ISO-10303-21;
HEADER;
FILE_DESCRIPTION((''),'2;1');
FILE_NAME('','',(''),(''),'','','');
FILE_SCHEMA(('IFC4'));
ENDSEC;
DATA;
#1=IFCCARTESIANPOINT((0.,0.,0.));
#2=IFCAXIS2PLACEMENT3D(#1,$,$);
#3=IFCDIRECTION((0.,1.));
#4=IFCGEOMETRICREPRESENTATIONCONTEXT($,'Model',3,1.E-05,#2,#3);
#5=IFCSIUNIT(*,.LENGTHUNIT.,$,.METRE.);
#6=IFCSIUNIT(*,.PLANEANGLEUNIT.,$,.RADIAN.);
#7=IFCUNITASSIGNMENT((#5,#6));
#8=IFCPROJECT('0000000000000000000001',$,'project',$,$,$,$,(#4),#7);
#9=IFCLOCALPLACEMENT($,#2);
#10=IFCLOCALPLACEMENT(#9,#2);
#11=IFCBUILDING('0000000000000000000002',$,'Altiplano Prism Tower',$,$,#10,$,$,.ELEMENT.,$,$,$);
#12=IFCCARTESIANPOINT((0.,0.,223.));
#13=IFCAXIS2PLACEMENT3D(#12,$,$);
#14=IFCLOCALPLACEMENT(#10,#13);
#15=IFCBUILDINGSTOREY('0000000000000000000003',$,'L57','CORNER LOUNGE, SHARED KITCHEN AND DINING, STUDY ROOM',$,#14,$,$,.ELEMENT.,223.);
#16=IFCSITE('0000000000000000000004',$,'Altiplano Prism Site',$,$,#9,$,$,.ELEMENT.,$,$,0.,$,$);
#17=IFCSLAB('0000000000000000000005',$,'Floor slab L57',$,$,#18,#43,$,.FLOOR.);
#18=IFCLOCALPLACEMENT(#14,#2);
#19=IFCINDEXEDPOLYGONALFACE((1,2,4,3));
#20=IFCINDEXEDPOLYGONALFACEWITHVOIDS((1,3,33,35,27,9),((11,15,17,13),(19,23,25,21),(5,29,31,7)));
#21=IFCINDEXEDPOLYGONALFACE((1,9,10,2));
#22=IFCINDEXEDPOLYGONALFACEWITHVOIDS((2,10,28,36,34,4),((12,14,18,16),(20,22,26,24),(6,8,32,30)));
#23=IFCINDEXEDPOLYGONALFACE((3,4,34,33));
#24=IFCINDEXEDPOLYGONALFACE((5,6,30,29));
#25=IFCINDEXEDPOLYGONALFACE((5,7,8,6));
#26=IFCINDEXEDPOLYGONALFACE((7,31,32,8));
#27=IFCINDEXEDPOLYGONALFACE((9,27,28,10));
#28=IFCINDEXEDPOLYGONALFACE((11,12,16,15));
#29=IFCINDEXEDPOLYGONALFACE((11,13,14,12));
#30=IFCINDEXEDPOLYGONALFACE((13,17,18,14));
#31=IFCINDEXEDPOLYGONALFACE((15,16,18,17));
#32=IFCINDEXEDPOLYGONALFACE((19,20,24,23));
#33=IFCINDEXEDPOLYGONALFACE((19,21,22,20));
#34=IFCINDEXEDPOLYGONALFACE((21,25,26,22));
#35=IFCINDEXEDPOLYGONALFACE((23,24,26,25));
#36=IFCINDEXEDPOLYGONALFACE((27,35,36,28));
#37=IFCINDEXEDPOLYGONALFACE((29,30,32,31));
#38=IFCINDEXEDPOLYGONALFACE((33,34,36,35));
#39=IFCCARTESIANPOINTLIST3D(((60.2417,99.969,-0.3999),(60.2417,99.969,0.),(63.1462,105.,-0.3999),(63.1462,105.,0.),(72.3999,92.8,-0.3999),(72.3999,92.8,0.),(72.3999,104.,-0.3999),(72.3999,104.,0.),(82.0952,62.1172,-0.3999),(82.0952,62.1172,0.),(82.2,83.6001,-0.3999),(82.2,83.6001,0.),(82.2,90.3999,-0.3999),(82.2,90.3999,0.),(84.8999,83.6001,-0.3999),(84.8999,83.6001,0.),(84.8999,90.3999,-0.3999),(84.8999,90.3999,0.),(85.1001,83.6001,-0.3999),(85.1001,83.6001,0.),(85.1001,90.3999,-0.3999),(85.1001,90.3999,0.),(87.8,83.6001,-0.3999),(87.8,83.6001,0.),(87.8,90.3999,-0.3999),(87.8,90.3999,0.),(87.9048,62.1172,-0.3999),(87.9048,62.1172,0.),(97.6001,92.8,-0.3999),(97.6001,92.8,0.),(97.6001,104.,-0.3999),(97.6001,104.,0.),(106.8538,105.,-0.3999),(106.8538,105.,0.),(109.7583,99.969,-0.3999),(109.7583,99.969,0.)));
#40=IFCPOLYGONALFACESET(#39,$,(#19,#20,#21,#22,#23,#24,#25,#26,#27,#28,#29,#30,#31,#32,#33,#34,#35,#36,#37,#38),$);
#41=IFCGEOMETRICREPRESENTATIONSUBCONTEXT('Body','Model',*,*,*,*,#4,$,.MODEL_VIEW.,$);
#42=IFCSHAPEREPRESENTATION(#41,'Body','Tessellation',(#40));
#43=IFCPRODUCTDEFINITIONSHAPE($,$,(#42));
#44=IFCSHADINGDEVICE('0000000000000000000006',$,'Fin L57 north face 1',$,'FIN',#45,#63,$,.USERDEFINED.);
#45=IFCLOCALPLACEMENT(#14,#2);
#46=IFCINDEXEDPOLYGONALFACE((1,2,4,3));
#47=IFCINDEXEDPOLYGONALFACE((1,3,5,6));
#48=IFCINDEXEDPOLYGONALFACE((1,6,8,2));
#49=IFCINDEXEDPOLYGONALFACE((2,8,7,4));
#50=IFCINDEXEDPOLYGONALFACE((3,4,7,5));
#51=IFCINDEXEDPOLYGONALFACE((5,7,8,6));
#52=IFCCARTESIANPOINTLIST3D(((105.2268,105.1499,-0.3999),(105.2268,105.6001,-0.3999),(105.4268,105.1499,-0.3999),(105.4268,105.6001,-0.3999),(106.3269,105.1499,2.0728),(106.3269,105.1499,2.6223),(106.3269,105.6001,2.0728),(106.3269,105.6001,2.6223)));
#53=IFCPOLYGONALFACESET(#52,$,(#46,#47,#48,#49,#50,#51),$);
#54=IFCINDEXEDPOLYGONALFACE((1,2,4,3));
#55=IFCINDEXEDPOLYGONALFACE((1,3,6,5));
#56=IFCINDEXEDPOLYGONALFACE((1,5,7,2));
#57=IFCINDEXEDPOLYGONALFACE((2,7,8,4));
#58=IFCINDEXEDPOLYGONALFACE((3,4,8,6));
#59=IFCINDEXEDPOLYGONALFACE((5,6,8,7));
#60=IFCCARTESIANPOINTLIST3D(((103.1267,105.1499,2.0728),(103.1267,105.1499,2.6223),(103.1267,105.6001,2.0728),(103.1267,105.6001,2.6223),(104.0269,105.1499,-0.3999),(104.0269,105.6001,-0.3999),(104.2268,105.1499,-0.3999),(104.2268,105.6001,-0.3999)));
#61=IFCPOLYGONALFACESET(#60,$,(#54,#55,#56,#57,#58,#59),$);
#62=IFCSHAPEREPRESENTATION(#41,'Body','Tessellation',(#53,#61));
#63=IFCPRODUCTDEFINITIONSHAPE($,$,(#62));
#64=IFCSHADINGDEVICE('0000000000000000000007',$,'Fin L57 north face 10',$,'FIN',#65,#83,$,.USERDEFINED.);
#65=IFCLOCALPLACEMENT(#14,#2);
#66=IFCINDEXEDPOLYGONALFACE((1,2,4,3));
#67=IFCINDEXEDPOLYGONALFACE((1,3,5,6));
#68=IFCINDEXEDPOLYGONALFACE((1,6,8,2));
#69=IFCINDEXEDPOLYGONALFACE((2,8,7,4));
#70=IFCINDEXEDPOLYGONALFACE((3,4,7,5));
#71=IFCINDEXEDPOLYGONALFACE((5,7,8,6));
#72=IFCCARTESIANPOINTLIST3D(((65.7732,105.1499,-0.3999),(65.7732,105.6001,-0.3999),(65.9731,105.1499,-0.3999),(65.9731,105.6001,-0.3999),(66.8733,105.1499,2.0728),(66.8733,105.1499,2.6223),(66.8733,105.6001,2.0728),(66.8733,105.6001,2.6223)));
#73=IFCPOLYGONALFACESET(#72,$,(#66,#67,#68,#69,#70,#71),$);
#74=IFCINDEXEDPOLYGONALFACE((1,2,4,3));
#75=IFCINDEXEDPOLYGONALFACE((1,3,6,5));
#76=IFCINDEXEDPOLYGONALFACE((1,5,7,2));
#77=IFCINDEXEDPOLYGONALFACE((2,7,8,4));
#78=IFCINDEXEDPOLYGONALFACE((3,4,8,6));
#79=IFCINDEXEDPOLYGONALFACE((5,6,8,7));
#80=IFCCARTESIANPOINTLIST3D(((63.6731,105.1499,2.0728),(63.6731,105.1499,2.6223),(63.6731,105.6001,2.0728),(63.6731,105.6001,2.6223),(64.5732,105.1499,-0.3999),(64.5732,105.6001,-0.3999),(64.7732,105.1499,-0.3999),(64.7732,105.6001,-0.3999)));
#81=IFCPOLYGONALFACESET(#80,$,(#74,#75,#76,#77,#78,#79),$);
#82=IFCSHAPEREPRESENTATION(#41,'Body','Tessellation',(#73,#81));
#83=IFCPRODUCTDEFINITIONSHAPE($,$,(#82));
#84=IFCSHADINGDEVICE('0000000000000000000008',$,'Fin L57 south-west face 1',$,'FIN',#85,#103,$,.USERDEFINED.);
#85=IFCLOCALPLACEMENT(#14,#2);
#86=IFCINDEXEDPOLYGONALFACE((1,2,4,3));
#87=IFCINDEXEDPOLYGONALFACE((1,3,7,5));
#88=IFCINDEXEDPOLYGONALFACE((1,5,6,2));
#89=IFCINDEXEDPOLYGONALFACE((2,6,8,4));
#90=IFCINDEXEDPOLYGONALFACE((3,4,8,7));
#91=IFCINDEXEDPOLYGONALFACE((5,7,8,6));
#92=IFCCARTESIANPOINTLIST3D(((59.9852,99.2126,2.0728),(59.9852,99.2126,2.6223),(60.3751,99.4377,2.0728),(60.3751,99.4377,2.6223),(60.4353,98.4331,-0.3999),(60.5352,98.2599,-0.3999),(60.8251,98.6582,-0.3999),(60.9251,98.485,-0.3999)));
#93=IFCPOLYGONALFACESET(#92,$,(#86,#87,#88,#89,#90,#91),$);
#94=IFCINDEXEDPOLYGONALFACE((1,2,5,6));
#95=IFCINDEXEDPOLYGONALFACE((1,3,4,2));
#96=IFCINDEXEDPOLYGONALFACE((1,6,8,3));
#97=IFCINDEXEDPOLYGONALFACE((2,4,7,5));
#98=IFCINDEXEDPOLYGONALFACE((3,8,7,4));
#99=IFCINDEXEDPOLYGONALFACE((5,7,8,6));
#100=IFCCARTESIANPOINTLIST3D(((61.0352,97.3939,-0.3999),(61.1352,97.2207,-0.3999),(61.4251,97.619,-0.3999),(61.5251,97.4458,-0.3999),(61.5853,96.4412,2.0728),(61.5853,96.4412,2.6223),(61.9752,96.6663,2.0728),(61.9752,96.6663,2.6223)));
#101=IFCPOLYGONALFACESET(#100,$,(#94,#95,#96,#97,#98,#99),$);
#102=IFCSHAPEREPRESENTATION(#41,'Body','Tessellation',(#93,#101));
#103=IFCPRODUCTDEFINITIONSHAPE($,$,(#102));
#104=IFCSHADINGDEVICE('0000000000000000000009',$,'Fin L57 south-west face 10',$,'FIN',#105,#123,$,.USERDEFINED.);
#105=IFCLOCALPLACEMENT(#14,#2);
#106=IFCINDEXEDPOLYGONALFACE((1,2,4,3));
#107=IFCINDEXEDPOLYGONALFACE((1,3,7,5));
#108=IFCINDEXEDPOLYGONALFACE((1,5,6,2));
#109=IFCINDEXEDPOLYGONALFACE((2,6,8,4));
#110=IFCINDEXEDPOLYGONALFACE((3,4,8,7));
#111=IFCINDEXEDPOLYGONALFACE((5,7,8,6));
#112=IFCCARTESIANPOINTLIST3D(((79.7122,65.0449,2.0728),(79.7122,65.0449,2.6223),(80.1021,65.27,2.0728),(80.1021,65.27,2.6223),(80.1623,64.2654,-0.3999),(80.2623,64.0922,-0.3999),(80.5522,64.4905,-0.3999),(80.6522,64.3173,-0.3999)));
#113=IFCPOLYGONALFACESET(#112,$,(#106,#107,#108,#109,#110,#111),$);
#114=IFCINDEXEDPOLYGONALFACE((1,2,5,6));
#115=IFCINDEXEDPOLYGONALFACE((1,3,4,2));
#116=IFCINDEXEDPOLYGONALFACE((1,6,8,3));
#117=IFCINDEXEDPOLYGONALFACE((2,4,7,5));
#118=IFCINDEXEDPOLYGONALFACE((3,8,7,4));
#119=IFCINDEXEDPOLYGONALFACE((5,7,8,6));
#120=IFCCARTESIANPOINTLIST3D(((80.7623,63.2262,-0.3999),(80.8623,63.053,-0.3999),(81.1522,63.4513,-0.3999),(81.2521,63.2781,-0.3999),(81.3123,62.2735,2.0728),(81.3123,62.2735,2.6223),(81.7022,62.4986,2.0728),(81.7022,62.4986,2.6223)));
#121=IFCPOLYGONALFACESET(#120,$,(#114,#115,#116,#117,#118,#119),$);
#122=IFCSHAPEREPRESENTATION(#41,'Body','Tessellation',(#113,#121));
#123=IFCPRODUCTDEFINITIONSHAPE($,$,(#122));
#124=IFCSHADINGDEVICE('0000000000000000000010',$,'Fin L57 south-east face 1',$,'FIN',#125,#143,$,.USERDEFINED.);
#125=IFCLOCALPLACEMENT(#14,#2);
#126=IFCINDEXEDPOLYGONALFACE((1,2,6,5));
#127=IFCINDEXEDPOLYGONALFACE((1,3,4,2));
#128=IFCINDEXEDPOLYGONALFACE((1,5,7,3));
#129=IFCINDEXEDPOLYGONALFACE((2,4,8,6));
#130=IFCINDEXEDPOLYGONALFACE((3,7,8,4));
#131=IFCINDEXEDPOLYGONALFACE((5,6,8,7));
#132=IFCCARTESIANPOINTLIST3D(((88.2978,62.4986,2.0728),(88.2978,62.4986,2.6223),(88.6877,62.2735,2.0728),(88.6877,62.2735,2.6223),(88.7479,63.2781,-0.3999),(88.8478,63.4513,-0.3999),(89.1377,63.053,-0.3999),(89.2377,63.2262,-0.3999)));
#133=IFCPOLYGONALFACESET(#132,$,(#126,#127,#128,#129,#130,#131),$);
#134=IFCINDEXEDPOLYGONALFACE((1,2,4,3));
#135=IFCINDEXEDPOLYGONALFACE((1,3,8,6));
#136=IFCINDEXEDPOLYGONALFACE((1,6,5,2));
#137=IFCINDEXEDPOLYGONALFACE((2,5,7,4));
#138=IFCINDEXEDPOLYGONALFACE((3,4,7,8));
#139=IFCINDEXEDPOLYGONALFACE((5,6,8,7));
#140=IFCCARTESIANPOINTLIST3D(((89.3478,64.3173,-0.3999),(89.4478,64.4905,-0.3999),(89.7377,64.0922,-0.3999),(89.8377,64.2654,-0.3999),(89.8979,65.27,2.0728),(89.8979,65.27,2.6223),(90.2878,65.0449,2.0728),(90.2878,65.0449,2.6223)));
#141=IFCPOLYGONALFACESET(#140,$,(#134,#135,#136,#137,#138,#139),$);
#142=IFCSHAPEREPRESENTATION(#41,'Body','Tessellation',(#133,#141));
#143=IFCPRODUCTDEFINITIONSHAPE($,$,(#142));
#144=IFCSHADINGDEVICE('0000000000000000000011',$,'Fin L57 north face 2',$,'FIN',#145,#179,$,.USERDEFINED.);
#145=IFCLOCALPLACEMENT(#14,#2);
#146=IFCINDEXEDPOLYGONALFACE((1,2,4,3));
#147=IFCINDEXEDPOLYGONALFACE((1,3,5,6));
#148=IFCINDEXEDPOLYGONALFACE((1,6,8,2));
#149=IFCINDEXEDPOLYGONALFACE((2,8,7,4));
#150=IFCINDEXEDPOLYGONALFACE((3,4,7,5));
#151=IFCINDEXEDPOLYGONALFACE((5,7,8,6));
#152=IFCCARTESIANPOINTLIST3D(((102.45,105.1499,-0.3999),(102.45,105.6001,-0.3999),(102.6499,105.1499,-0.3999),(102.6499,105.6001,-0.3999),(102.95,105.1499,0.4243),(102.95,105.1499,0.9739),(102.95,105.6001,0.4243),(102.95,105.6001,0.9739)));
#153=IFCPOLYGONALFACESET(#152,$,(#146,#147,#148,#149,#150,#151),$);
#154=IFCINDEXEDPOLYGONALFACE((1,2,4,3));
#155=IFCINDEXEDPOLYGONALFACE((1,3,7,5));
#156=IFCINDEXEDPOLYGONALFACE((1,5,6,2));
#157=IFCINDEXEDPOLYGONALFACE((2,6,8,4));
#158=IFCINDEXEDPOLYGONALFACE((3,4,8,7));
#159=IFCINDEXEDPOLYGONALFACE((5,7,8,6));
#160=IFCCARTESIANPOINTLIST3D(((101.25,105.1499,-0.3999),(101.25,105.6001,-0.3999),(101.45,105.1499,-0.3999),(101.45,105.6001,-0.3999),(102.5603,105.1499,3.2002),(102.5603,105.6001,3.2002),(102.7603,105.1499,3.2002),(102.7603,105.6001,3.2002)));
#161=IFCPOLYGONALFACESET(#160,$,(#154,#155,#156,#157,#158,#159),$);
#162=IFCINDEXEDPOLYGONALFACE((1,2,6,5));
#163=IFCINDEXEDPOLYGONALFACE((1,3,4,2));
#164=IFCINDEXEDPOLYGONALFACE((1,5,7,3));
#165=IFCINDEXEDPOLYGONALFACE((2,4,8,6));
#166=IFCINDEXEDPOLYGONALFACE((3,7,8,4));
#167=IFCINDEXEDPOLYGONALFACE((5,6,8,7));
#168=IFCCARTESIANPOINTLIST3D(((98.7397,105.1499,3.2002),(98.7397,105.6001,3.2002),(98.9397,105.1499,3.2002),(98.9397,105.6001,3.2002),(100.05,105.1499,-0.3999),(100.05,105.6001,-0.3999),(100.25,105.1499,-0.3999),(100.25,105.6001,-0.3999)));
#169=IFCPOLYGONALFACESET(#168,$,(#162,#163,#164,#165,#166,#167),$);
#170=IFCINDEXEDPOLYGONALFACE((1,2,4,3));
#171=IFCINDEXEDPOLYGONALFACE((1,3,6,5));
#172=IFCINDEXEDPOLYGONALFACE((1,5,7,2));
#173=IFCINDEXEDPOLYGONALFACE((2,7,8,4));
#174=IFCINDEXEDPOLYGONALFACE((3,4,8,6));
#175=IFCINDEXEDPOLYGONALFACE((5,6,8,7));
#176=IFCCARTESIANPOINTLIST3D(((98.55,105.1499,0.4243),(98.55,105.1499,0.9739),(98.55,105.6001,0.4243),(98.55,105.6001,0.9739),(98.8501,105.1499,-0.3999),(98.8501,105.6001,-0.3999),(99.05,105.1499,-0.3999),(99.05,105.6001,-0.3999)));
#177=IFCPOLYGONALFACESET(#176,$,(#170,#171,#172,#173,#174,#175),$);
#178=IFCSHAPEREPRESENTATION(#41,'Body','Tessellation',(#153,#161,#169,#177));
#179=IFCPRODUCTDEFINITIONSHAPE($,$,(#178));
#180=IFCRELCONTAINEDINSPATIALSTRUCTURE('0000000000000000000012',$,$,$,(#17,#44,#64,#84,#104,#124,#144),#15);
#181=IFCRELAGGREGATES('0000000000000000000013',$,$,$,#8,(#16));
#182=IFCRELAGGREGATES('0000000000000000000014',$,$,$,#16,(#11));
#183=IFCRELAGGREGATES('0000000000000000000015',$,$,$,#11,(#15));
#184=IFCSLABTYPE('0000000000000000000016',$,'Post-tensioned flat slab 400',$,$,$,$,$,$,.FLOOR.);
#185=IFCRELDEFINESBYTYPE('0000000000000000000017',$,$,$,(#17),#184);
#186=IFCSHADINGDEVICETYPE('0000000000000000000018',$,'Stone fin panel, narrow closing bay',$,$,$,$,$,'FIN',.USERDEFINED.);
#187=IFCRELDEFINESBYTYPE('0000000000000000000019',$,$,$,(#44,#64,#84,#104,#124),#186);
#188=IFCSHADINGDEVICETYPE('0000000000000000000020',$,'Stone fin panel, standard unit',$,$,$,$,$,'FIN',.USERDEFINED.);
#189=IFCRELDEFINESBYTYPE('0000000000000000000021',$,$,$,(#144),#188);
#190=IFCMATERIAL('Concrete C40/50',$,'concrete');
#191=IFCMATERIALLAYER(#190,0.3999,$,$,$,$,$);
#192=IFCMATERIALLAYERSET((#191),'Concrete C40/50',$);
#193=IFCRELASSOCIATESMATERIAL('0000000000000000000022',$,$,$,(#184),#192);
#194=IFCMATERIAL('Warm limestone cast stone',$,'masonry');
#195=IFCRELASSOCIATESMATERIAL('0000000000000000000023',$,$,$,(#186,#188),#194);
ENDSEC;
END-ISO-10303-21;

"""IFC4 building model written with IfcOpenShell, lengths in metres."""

from ifc_helpers import new_model, si_unit, direction, frame, origin, place, context, subcontext, project, spatial, polyline, outline, extrude, source, transform, mapped, material, layer, layer_set, type_object, element, save


model = new_model("IFC4")

# Units and contexts
model_context = context("Model", 3, precision=1e-05, world=origin(), true_north=direction((0.0, 1.0)))
body_context = subcontext(model_context, "Body", "Model", "MODEL_VIEW")
ifc_project = project(units=[si_unit("LENGTHUNIT", "METRE"), si_unit("PLANEANGLEUNIT", "RADIAN")], contexts=[model_context])

# Site, building, storey
site_placement = place(None, origin())
site = spatial("IfcSite", under=ifc_project, at=site_placement, Name="Altiplano Prism Site", CompositionType="ELEMENT", RefElevation=0.0)
building_placement = place(site_placement, origin())
building = spatial("IfcBuilding", under=site, at=building_placement, Name="Altiplano Prism Tower", CompositionType="ELEMENT")
storey_placement = place(building_placement, frame((0.0, 0.0, 223.0)))
storey = spatial("IfcBuildingStorey", under=building, at=storey_placement, Name="L57", Description="CORNER LOUNGE, SHARED KITCHEN AND DINING, STUDY ROOM", CompositionType="ELEMENT", Elevation=223.0)

# Slab
ifc_material_1 = material(Name="Concrete C40/50", Category="concrete")
ifc_layer = layer(ifc_material_1, 0.3999)
ifc_layer_set = layer_set([ifc_layer], Name="Concrete C40/50")
slab_type = type_object("IfcSlabType", Name="Post-tensioned flat slab 400", PredefinedType="FLOOR", material=ifc_layer_set)
slab_placement = place(storey_placement, frame((0.0, 0.0, -0.3999)))
element("IfcSlab", 1, at=slab_placement, inside=storey, type_object=slab_type, Name="Floor slab L57", PredefinedType="FLOOR", context=body_context, shape_type="SweptSolid", body=[
    extrude(outline(polyline([(82.0952, 62.1172), (60.2417, 99.969), (63.1462, 105.0), (106.8538, 105.0), (109.7583, 99.969), (87.9048, 62.1172), (82.0952, 62.1172)]), holes=[polyline([(72.3999, 104.0), (72.3999, 92.8), (97.6001, 92.8), (97.6001, 104.0), (72.3999, 104.0)]), polyline([(84.8999, 90.3999), (82.2, 90.3999), (82.2, 83.6001), (84.8999, 83.6001), (84.8999, 90.3999)]), polyline([(87.8, 83.6001), (87.8, 90.3999), (85.1001, 90.3999), (85.1001, 83.6001), (87.8, 83.6001)])]), origin(), (0.0, 0.0, 1.0), 0.3999),
])

# Shading devices
ifc_material_2 = material(Name="Warm limestone cast stone", Category="masonry")
shading_device_type_1 = type_object("IfcShadingDeviceType", Name="Stone fin panel, narrow closing bay", ElementType="FIN", PredefinedType="USERDEFINED", material=ifc_material_2)
shared_shape_1 = source(origin(), body_context, "Body", "SweptSolid", [
    extrude(outline(polyline([(-1.6001, 3.0222), (-1.6001, 2.4727), (-0.7, 0.0), (-0.5, 0.0), (-1.6001, 3.0222)])), frame((0.0, -0.1499, 0.0), z_axis=(0.0, -1.0, 0.0), x_axis=(1.0, 0.0, 0.0)), (0.0, 0.0, 1.0), 0.4502),
    extrude(outline(polyline([(1.6001, 2.4727), (1.6001, 3.0222), (0.5, 0.0), (0.7, 0.0), (1.6001, 2.4727)])), frame((0.0, -0.1499, 0.0), z_axis=(0.0, -1.0, 0.0), x_axis=(1.0, 0.0, 0.0)), (0.0, 0.0, 1.0), 0.4502),
])
shading_device_1_placement = place(storey_placement, origin())
element("IfcShadingDevice", 2, at=shading_device_1_placement, inside=storey, type_object=shading_device_type_1, Name="Fin L57 north face 1", ObjectType="FIN", PredefinedType="USERDEFINED", context=body_context, shape_type="MappedRepresentation", body=[
    mapped(shared_shape_1, transform((104.7268, 105.0, -0.3999), x_axis=(-1.0, 0.0, 0.0), y_axis=(0.0, -1.0, 0.0), z_axis=(0.0, 0.0, 1.0))),
])
shading_device_2_placement = place(storey_placement, origin())
element("IfcShadingDevice", 3, at=shading_device_2_placement, inside=storey, type_object=shading_device_type_1, Name="Fin L57 north face 10", ObjectType="FIN", PredefinedType="USERDEFINED", context=body_context, shape_type="MappedRepresentation", body=[
    mapped(shared_shape_1, transform((65.2732, 105.0, -0.3999), x_axis=(-1.0, 0.0, 0.0), y_axis=(0.0, -1.0, 0.0), z_axis=(0.0, 0.0, 1.0))),
])
shading_device_3_placement = place(storey_placement, origin())
element("IfcShadingDevice", 4, at=shading_device_3_placement, inside=storey, type_object=shading_device_type_1, Name="Fin L57 south-west face 1", ObjectType="FIN", PredefinedType="USERDEFINED", context=body_context, shape_type="MappedRepresentation", body=[
    mapped(shared_shape_1, transform((61.3049, 98.127, -0.3999), x_axis=(0.5, -0.866025, 0.0), y_axis=(0.866025, 0.5, 0.0), z_axis=(0.0, 0.0, 1.0))),
])
shading_device_4_placement = place(storey_placement, origin())
element("IfcShadingDevice", 5, at=shading_device_4_placement, inside=storey, type_object=shading_device_type_1, Name="Fin L57 south-west face 10", ObjectType="FIN", PredefinedType="USERDEFINED", context=body_context, shape_type="MappedRepresentation", body=[
    mapped(shared_shape_1, transform((81.032, 63.9592, -0.3999), x_axis=(0.5, -0.866025, 0.0), y_axis=(0.866025, 0.5, 0.0), z_axis=(0.0, 0.0, 1.0))),
])
shading_device_5_placement = place(storey_placement, origin())
element("IfcShadingDevice", 6, at=shading_device_5_placement, inside=storey, type_object=shading_device_type_1, Name="Fin L57 south-east face 1", ObjectType="FIN", PredefinedType="USERDEFINED", context=body_context, shape_type="MappedRepresentation", body=[
    mapped(shared_shape_1, transform((88.968, 63.9592, -0.3999), x_axis=(0.5, 0.866025, 0.0), y_axis=(-0.866025, 0.5, 0.0), z_axis=(0.0, 0.0, 1.0))),
])
shading_device_type_2 = type_object("IfcShadingDeviceType", Name="Stone fin panel, standard unit", ElementType="FIN", PredefinedType="USERDEFINED", material=ifc_material_2)
shared_shape_2 = source(origin(), body_context, "Body", "SweptSolid", [
    extrude(outline(polyline([(-2.2, 1.3738), (-2.2, 0.8242), (-1.8999, 0.0), (-1.7, 0.0), (-2.2, 1.3738)])), frame((0.0, -0.1499, 0.0), z_axis=(0.0, -1.0, 0.0), x_axis=(1.0, 0.0, 0.0)), (0.0, 0.0, 1.0), 0.4502),
    extrude(outline(polyline([(-2.0103, 3.6001), (-0.7, 0.0), (-0.5, 0.0), (-1.8103, 3.6001), (-2.0103, 3.6001)])), frame((0.0, -0.1499, 0.0), z_axis=(0.0, -1.0, 0.0), x_axis=(1.0, 0.0, 0.0)), (0.0, 0.0, 1.0), 0.4502),
    extrude(outline(polyline([(1.8103, 3.6001), (0.5, 0.0), (0.7, 0.0), (2.0103, 3.6001), (1.8103, 3.6001)])), frame((0.0, -0.1499, 0.0), z_axis=(0.0, -1.0, 0.0), x_axis=(1.0, 0.0, 0.0)), (0.0, 0.0, 1.0), 0.4502),
    extrude(outline(polyline([(2.2, 0.8242), (2.2, 1.3738), (1.7, 0.0), (1.8999, 0.0), (2.2, 0.8242)])), frame((0.0, -0.1499, 0.0), z_axis=(0.0, -1.0, 0.0), x_axis=(1.0, 0.0, 0.0)), (0.0, 0.0, 1.0), 0.4502),
])
shading_device_6_placement = place(storey_placement, origin())
element("IfcShadingDevice", 7, at=shading_device_6_placement, inside=storey, type_object=shading_device_type_2, Name="Fin L57 north face 2", ObjectType="FIN", PredefinedType="USERDEFINED", context=body_context, shape_type="MappedRepresentation", body=[
    mapped(shared_shape_2, transform((100.75, 105.0, -0.3999), x_axis=(-1.0, 0.0, 0.0), y_axis=(0.0, -1.0, 0.0), z_axis=(0.0, 0.0, 1.0))),
])

save(model, "model.ifc")
